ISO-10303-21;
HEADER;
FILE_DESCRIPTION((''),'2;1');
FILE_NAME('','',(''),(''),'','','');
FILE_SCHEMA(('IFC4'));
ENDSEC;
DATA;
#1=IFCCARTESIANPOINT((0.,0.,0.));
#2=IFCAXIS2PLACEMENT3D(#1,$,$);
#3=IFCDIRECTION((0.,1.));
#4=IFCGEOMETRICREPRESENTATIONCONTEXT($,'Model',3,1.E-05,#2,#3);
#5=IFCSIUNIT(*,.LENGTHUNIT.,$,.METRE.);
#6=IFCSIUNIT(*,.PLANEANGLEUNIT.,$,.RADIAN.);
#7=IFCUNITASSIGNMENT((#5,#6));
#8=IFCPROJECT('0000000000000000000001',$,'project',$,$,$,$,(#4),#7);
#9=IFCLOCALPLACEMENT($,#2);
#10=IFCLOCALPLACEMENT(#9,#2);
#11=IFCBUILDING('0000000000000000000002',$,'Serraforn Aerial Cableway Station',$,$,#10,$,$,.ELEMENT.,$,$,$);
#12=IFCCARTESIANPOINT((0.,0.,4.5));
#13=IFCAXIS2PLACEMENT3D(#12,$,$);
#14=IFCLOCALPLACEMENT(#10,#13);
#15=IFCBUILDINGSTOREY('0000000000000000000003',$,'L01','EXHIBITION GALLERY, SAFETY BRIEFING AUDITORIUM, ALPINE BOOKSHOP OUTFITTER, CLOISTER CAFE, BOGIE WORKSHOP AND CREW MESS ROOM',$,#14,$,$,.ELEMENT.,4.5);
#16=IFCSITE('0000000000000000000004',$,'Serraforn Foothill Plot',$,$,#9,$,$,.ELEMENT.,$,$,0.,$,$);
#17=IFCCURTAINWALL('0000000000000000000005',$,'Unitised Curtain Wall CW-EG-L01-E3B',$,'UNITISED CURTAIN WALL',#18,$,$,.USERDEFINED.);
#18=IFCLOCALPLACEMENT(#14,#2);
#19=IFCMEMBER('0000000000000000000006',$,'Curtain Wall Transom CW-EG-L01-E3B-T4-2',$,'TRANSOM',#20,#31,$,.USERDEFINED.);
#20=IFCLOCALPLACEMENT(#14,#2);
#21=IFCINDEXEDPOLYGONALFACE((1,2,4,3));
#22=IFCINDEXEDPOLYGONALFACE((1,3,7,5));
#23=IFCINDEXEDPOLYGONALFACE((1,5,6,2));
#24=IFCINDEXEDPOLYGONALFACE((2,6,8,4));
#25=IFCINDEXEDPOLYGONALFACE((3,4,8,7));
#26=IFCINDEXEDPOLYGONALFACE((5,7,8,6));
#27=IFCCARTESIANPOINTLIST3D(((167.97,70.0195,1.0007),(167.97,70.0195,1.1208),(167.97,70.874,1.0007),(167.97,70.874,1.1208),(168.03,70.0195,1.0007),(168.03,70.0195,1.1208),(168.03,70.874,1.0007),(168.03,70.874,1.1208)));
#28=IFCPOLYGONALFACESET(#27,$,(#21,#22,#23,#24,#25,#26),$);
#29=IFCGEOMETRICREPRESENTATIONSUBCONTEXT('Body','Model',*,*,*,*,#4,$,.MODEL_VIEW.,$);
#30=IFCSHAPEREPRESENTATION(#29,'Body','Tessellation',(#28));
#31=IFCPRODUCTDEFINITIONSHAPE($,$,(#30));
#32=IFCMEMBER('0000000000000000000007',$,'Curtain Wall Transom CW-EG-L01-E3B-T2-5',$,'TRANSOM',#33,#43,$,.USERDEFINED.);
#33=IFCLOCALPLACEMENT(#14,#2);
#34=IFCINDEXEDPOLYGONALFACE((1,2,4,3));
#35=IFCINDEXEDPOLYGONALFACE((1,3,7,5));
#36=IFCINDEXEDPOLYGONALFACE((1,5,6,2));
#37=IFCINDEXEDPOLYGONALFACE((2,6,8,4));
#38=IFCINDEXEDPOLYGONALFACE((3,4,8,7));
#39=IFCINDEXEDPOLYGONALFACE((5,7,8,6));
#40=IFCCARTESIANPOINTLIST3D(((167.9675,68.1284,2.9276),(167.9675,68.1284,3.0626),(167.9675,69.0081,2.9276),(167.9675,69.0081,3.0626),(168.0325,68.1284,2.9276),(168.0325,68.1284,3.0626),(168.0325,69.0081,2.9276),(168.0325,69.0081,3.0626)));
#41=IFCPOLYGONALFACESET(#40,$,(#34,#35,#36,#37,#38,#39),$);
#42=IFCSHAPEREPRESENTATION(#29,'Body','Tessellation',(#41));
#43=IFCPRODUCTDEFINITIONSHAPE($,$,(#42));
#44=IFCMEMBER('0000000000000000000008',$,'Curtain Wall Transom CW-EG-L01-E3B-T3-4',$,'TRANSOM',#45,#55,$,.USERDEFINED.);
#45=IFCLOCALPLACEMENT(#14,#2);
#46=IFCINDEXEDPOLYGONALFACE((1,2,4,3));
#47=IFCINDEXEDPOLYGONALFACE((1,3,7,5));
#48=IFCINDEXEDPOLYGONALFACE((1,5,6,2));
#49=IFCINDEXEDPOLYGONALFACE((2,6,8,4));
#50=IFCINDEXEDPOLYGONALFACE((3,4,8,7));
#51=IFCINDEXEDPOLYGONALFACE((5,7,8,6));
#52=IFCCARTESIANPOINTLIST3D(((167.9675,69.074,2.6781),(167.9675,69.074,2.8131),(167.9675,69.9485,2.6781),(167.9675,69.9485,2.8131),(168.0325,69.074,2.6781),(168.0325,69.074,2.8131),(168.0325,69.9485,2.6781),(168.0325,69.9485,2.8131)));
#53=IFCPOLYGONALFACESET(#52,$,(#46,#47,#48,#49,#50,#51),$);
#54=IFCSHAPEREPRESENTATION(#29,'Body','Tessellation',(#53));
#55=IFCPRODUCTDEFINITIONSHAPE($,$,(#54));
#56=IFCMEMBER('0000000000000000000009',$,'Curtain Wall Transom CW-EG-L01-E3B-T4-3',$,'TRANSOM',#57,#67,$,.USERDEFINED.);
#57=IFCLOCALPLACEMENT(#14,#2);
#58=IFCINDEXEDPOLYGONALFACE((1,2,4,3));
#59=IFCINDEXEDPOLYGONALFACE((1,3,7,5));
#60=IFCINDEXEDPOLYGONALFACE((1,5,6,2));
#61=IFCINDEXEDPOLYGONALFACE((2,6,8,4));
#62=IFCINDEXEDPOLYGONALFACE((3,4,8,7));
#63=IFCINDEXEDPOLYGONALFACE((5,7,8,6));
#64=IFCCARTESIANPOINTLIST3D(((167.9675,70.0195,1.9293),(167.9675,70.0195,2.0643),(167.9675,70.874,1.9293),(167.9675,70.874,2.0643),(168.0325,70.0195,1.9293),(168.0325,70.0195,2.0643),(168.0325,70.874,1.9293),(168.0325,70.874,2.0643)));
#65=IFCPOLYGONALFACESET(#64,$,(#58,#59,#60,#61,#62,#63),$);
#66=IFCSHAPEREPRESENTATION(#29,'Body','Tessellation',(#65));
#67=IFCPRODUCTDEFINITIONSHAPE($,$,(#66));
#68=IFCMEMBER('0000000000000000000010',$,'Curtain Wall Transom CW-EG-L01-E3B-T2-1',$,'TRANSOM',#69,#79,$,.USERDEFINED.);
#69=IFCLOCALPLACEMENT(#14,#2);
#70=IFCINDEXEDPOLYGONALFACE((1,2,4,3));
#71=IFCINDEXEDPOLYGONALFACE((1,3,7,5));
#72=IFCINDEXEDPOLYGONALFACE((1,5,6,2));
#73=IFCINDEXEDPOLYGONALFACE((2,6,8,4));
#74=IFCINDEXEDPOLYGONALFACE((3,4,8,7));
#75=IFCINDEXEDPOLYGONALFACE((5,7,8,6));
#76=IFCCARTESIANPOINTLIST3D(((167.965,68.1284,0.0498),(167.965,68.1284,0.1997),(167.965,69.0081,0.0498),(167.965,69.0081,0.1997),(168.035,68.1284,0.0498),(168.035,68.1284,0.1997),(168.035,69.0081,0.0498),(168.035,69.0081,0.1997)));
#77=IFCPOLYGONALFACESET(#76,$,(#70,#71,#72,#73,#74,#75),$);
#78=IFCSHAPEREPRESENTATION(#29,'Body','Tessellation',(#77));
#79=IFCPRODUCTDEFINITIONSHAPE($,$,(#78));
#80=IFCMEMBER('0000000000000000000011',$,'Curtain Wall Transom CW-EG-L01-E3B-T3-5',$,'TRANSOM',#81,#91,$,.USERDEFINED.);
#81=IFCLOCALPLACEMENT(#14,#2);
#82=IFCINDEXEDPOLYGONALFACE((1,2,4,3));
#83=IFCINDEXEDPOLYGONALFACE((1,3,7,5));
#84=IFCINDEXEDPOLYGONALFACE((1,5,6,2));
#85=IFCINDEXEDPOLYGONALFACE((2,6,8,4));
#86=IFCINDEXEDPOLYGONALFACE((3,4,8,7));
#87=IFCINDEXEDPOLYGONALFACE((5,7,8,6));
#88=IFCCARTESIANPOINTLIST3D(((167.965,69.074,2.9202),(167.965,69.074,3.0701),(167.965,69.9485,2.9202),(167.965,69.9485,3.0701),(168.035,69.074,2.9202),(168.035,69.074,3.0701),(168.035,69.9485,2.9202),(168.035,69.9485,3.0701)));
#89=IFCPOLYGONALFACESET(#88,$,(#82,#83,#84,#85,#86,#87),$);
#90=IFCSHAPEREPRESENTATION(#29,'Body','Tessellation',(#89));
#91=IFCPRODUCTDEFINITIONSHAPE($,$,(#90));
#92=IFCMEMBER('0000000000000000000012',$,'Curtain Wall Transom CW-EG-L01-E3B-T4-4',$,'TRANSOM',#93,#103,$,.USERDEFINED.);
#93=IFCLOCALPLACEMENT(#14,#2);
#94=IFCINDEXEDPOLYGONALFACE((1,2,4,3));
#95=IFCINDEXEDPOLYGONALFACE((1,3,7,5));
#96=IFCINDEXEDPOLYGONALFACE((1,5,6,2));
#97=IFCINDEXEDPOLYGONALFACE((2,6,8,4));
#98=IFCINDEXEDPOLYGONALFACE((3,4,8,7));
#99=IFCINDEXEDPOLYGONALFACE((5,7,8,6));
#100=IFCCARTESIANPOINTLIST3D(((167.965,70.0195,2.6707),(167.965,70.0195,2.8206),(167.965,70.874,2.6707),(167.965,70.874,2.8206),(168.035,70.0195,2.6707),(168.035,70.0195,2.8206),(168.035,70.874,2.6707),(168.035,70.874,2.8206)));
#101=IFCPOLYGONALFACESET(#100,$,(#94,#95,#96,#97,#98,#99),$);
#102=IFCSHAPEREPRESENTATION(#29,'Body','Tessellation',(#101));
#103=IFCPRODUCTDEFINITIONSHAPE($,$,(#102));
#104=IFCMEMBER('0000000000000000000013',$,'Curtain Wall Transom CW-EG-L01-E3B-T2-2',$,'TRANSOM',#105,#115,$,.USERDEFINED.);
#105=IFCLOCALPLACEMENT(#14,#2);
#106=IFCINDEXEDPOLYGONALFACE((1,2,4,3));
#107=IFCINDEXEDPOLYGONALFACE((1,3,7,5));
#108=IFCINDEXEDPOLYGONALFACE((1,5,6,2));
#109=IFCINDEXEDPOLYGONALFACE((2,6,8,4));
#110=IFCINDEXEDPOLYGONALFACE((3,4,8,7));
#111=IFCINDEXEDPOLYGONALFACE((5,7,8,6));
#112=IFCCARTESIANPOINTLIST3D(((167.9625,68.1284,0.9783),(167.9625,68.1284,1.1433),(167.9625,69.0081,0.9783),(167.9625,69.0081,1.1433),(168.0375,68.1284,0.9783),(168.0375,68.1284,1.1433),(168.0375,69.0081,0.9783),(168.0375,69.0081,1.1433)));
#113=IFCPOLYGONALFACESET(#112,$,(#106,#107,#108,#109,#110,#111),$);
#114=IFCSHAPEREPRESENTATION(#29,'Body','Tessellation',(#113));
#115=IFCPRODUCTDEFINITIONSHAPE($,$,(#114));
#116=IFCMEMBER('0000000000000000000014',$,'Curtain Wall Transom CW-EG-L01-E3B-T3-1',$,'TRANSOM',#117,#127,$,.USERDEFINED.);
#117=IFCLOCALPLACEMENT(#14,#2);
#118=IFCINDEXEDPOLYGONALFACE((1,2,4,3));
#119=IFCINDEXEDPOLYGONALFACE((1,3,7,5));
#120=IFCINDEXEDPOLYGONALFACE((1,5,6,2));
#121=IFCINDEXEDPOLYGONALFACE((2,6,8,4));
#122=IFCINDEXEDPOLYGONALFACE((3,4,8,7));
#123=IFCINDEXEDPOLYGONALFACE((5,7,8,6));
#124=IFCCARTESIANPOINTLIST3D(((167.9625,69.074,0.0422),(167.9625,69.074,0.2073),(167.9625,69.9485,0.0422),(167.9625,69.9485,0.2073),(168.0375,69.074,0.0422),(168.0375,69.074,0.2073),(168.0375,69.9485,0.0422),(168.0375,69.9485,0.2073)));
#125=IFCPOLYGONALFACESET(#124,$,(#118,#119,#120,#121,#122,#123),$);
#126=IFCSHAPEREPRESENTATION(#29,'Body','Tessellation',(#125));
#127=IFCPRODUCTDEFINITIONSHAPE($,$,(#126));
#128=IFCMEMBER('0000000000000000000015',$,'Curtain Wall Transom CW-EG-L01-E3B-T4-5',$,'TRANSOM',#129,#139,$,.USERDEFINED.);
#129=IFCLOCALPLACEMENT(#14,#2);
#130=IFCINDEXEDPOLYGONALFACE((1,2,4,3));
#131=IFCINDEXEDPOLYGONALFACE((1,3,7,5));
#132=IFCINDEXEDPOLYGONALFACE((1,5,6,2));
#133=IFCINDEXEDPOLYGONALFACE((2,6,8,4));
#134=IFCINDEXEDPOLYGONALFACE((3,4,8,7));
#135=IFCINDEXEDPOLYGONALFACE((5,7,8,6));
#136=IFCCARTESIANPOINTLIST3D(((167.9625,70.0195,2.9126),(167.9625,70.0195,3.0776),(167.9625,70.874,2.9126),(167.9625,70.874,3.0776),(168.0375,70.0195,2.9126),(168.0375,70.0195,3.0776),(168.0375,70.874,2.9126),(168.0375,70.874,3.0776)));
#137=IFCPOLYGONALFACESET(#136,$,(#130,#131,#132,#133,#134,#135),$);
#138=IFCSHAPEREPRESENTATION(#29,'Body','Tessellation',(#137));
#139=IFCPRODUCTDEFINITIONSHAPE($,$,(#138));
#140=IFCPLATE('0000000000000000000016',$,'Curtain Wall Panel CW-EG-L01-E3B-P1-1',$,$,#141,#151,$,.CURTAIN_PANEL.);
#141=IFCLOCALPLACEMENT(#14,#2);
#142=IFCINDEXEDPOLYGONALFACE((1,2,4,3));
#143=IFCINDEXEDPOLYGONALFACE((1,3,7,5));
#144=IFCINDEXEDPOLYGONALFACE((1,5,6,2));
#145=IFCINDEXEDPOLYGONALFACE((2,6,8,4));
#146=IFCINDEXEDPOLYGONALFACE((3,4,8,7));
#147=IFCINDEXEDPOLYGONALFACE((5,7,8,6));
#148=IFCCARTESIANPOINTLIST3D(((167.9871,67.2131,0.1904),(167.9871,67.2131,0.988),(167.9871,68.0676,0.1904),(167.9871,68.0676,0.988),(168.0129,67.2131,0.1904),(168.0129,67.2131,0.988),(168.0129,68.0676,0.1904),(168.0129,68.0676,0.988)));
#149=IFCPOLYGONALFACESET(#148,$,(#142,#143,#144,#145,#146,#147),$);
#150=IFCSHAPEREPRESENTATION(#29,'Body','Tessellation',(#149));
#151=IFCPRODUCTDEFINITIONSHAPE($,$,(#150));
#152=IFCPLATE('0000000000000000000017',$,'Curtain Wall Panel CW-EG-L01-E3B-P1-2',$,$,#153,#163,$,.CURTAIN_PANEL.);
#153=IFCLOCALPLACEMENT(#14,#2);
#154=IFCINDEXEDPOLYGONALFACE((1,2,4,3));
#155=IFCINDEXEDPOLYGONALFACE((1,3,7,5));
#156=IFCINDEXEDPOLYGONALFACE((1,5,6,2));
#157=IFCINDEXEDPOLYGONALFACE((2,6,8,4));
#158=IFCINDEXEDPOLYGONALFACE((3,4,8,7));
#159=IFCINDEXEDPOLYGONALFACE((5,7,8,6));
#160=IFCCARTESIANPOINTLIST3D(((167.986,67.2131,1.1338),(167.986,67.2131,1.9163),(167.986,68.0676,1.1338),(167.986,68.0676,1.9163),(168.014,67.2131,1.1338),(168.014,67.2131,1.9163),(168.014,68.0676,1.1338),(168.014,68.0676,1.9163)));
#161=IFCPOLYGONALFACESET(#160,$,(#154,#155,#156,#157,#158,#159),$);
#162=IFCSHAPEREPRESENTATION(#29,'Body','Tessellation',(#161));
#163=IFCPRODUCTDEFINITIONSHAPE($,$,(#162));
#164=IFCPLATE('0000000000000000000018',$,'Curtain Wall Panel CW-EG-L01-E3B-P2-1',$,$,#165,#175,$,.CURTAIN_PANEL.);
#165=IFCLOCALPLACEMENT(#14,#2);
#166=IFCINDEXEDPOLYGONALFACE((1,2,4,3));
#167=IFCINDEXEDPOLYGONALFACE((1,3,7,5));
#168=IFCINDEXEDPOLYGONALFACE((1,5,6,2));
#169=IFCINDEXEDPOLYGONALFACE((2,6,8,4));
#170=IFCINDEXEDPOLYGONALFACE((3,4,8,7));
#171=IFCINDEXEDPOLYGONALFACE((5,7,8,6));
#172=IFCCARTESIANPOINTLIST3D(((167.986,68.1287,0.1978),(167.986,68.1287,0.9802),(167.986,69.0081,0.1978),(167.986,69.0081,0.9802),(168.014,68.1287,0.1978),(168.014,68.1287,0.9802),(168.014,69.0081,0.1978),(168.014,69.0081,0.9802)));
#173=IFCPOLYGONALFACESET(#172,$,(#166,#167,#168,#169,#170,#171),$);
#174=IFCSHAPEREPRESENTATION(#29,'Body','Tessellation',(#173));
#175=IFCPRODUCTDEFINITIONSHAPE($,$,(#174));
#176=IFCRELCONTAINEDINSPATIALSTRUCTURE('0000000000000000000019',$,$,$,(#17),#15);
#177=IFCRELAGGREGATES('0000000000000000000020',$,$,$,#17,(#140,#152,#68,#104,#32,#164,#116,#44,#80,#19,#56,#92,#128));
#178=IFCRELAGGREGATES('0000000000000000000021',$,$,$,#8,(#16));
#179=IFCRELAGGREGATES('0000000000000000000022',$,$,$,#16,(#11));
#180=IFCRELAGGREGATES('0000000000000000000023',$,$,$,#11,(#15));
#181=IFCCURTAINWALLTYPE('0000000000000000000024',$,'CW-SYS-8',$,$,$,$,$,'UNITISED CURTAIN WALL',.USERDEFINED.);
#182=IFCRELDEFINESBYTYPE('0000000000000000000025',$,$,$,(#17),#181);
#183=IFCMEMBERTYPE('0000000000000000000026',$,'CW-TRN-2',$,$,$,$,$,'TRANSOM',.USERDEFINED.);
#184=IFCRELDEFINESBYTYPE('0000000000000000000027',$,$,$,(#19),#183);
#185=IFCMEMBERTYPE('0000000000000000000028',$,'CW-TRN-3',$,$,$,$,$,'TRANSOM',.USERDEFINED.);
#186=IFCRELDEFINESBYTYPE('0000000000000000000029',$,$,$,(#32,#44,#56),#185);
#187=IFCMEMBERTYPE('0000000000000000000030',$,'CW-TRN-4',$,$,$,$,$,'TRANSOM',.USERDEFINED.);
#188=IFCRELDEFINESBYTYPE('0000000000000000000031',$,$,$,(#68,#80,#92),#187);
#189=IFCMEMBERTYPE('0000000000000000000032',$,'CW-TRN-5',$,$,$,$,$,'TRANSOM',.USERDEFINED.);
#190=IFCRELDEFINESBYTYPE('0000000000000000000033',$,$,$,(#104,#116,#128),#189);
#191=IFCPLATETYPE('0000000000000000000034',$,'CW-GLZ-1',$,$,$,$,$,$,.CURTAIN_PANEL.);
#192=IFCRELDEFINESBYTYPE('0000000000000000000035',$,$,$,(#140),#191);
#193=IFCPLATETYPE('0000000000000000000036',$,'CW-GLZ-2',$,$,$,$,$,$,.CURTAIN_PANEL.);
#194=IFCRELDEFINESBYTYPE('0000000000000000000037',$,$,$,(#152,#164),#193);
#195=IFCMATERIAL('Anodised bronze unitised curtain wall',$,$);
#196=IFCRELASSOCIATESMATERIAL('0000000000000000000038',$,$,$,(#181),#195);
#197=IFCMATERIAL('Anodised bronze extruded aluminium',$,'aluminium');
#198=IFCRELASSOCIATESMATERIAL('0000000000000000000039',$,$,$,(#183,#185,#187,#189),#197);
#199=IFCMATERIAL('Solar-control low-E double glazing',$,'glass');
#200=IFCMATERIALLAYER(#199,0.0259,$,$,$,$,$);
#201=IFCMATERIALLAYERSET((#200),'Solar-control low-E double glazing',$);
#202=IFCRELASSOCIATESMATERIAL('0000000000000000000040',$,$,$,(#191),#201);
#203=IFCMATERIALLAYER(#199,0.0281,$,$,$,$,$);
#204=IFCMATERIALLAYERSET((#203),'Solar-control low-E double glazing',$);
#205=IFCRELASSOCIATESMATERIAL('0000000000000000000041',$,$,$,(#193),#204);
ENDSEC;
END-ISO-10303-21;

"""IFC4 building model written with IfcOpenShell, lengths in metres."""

from ifc_helpers import new_model, si_unit, direction, frame, origin, origin_2d, place, context, subcontext, project, spatial, rectangle, extrude, material, layer, layer_set, material_profile, profile_set, type_object, element, aggregate, save


model = new_model("IFC4")

# Units and contexts
model_context = context("Model", 3, precision=1e-05, world=origin(), true_north=direction((0.0, 1.0)))
body_context = subcontext(model_context, "Body", "Model", "MODEL_VIEW")
ifc_project = project(units=[si_unit("LENGTHUNIT", "METRE"), si_unit("PLANEANGLEUNIT", "RADIAN")], contexts=[model_context])

# Site, building, storey
site_placement = place(None, origin())
site = spatial("IfcSite", under=ifc_project, at=site_placement, Name="Serraforn Foothill Plot", CompositionType="ELEMENT", RefElevation=0.0)
building_placement = place(site_placement, origin())
building = spatial("IfcBuilding", under=site, at=building_placement, Name="Serraforn Aerial Cableway Station", CompositionType="ELEMENT")
storey_placement = place(building_placement, frame((0.0, 0.0, 4.5)))
storey = spatial("IfcBuildingStorey", under=building, at=storey_placement, Name="L01", Description="EXHIBITION GALLERY, SAFETY BRIEFING AUDITORIUM, ALPINE BOOKSHOP OUTFITTER, CLOISTER CAFE, BOGIE WORKSHOP AND CREW MESS ROOM", CompositionType="ELEMENT", Elevation=4.5)

# Curtain wall, members, plates
ifc_material_1 = material(Name="Anodised bronze unitised curtain wall")
curtain_wall_type = type_object("IfcCurtainWallType", Name="CW-SYS-8", ElementType="UNITISED CURTAIN WALL", PredefinedType="USERDEFINED", material=ifc_material_1)
curtain_wall_placement = place(storey_placement, origin())
curtain_wall = element("IfcCurtainWall", 1, at=curtain_wall_placement, inside=storey, type_object=curtain_wall_type, Name="Unitised Curtain Wall CW-EG-L01-E3B", ObjectType="UNITISED CURTAIN WALL", PredefinedType="USERDEFINED")
ifc_material_2 = material(Name="Anodised bronze extruded aluminium", Category="aluminium")
ifc_material_profile_1 = material_profile(ifc_material_2, rectangle(XDim=0.0601, YDim=0.1201, at=origin_2d()), Name="CW TRANSOM 60x120")
ifc_profile_set_1 = profile_set([ifc_material_profile_1], Name="Anodised bronze extruded aluminium")
member_type_1 = type_object("IfcMemberType", Name="CW-TRN-2", ElementType="TRANSOM", PredefinedType="USERDEFINED", material=ifc_profile_set_1)
member_1_placement = place(storey_placement, frame((168.0, 70.0195, 1.0608), z_axis=(0.0, 1.0, 0.0), x_axis=(-1.0, 0.0, 0.0)))
member_1 = element("IfcMember", 2, at=member_1_placement, type_object=member_type_1, Name="Curtain Wall Transom CW-EG-L01-E3B-T4-2", ObjectType="TRANSOM", PredefinedType="USERDEFINED", context=body_context, shape_type="SweptSolid", body=[
    extrude(rectangle(XDim=0.0601, YDim=0.1201, at=origin_2d()), origin(), (0.0, 0.0, 1.0), 0.8545),
])
ifc_material_profile_2 = material_profile(ifc_material_2, rectangle(XDim=0.0649, YDim=0.135, at=origin_2d()), Name="CW TRANSOM 65x135")
ifc_profile_set_2 = profile_set([ifc_material_profile_2], Name="Anodised bronze extruded aluminium")
member_type_2 = type_object("IfcMemberType", Name="CW-TRN-3", ElementType="TRANSOM", PredefinedType="USERDEFINED", material=ifc_profile_set_2)
member_2_placement = place(storey_placement, frame((168.0, 68.1284, 2.9951), z_axis=(0.0, 1.0, 0.0), x_axis=(-1.0, 0.0, 0.0)))
member_2 = element("IfcMember", 3, at=member_2_placement, type_object=member_type_2, Name="Curtain Wall Transom CW-EG-L01-E3B-T2-5", ObjectType="TRANSOM", PredefinedType="USERDEFINED", context=body_context, shape_type="SweptSolid", body=[
    extrude(rectangle(XDim=0.0649, YDim=0.135, at=origin_2d()), origin(), (0.0, 0.0, 1.0), 0.8796),
])
member_3_placement = place(storey_placement, frame((168.0, 69.074, 2.7456), z_axis=(0.0, 1.0, 0.0), x_axis=(-1.0, 0.0, 0.0)))
member_3 = element("IfcMember", 4, at=member_3_placement, type_object=member_type_2, Name="Curtain Wall Transom CW-EG-L01-E3B-T3-4", ObjectType="TRANSOM", PredefinedType="USERDEFINED", context=body_context, shape_type="SweptSolid", body=[
    extrude(rectangle(XDim=0.0649, YDim=0.135, at=origin_2d()), origin(), (0.0, 0.0, 1.0), 0.8745),
])
member_4_placement = place(storey_placement, frame((168.0, 70.0195, 1.9968), z_axis=(0.0, 1.0, 0.0), x_axis=(-1.0, 0.0, 0.0)))
member_4 = element("IfcMember", 5, at=member_4_placement, type_object=member_type_2, Name="Curtain Wall Transom CW-EG-L01-E3B-T4-3", ObjectType="TRANSOM", PredefinedType="USERDEFINED", context=body_context, shape_type="SweptSolid", body=[
    extrude(rectangle(XDim=0.0649, YDim=0.135, at=origin_2d()), origin(), (0.0, 0.0, 1.0), 0.8545),
])
ifc_material_profile_3 = material_profile(ifc_material_2, rectangle(XDim=0.0701, YDim=0.1499, at=origin_2d()), Name="CW TRANSOM 70x150")
ifc_profile_set_3 = profile_set([ifc_material_profile_3], Name="Anodised bronze extruded aluminium")
member_type_3 = type_object("IfcMemberType", Name="CW-TRN-4", ElementType="TRANSOM", PredefinedType="USERDEFINED", material=ifc_profile_set_3)
member_5_placement = place(storey_placement, frame((168.0, 68.1284, 0.1248), z_axis=(0.0, 1.0, 0.0), x_axis=(-1.0, 0.0, 0.0)))
member_5 = element("IfcMember", 6, at=member_5_placement, type_object=member_type_3, Name="Curtain Wall Transom CW-EG-L01-E3B-T2-1", ObjectType="TRANSOM", PredefinedType="USERDEFINED", context=body_context, shape_type="SweptSolid", body=[
    extrude(rectangle(XDim=0.0701, YDim=0.1499, at=origin_2d()), origin(), (0.0, 0.0, 1.0), 0.8796),
])
member_6_placement = place(storey_placement, frame((168.0, 69.074, 2.9951), z_axis=(0.0, 1.0, 0.0), x_axis=(-1.0, 0.0, 0.0)))
member_6 = element("IfcMember", 7, at=member_6_placement, type_object=member_type_3, Name="Curtain Wall Transom CW-EG-L01-E3B-T3-5", ObjectType="TRANSOM", PredefinedType="USERDEFINED", context=body_context, shape_type="SweptSolid", body=[
    extrude(rectangle(XDim=0.0701, YDim=0.1499, at=origin_2d()), origin(), (0.0, 0.0, 1.0), 0.8745),
])
member_7_placement = place(storey_placement, frame((168.0, 70.0195, 2.7456), z_axis=(0.0, 1.0, 0.0), x_axis=(-1.0, 0.0, 0.0)))
member_7 = element("IfcMember", 8, at=member_7_placement, type_object=member_type_3, Name="Curtain Wall Transom CW-EG-L01-E3B-T4-4", ObjectType="TRANSOM", PredefinedType="USERDEFINED", context=body_context, shape_type="SweptSolid", body=[
    extrude(rectangle(XDim=0.0701, YDim=0.1499, at=origin_2d()), origin(), (0.0, 0.0, 1.0), 0.8545),
])
ifc_material_profile_4 = material_profile(ifc_material_2, rectangle(XDim=0.075, YDim=0.165, at=origin_2d()), Name="CW TRANSOM 75x165")
ifc_profile_set_4 = profile_set([ifc_material_profile_4], Name="Anodised bronze extruded aluminium")
member_type_4 = type_object("IfcMemberType", Name="CW-TRN-5", ElementType="TRANSOM", PredefinedType="USERDEFINED", material=ifc_profile_set_4)
member_8_placement = place(storey_placement, frame((168.0, 68.1284, 1.0608), z_axis=(0.0, 1.0, 0.0), x_axis=(-1.0, 0.0, 0.0)))
member_8 = element("IfcMember", 9, at=member_8_placement, type_object=member_type_4, Name="Curtain Wall Transom CW-EG-L01-E3B-T2-2", ObjectType="TRANSOM", PredefinedType="USERDEFINED", context=body_context, shape_type="SweptSolid", body=[
    extrude(rectangle(XDim=0.075, YDim=0.165, at=origin_2d()), origin(), (0.0, 0.0, 1.0), 0.8796),
])
member_9_placement = place(storey_placement, frame((168.0, 69.074, 0.1248), z_axis=(0.0, 1.0, 0.0), x_axis=(-1.0, 0.0, 0.0)))
member_9 = element("IfcMember", 10, at=member_9_placement, type_object=member_type_4, Name="Curtain Wall Transom CW-EG-L01-E3B-T3-1", ObjectType="TRANSOM", PredefinedType="USERDEFINED", context=body_context, shape_type="SweptSolid", body=[
    extrude(rectangle(XDim=0.075, YDim=0.165, at=origin_2d()), origin(), (0.0, 0.0, 1.0), 0.8745),
])
member_10_placement = place(storey_placement, frame((168.0, 70.0195, 2.9951), z_axis=(0.0, 1.0, 0.0), x_axis=(-1.0, 0.0, 0.0)))
member_10 = element("IfcMember", 11, at=member_10_placement, type_object=member_type_4, Name="Curtain Wall Transom CW-EG-L01-E3B-T4-5", ObjectType="TRANSOM", PredefinedType="USERDEFINED", context=body_context, shape_type="SweptSolid", body=[
    extrude(rectangle(XDim=0.075, YDim=0.165, at=origin_2d()), origin(), (0.0, 0.0, 1.0), 0.8545),
])
ifc_material_3 = material(Name="Solar-control low-E double glazing", Category="glass")
ifc_layer_1 = layer(ifc_material_3, 0.0259)
ifc_layer_set_1 = layer_set([ifc_layer_1], Name="Solar-control low-E double glazing")
plate_type_1 = type_object("IfcPlateType", Name="CW-GLZ-1", PredefinedType="CURTAIN_PANEL", material=ifc_layer_set_1)
plate_1_placement = place(storey_placement, frame((168.0, 67.6404, 0.1904), z_axis=(0.0, 0.0, 1.0), x_axis=(1.0, 0.0, 0.0)))
plate_1 = element("IfcPlate", 12, at=plate_1_placement, type_object=plate_type_1, Name="Curtain Wall Panel CW-EG-L01-E3B-P1-1", PredefinedType="CURTAIN_PANEL", context=body_context, shape_type="SweptSolid", body=[
    extrude(rectangle(XDim=0.0259, YDim=0.8545, at=origin_2d()), origin(), (0.0, 0.0, 1.0), 0.7976),
])
ifc_layer_2 = layer(ifc_material_3, 0.0281)
ifc_layer_set_2 = layer_set([ifc_layer_2], Name="Solar-control low-E double glazing")
plate_type_2 = type_object("IfcPlateType", Name="CW-GLZ-2", PredefinedType="CURTAIN_PANEL", material=ifc_layer_set_2)
plate_2_placement = place(storey_placement, frame((168.0, 67.6404, 1.1338), z_axis=(0.0, 0.0, 1.0), x_axis=(1.0, 0.0, 0.0)))
plate_2 = element("IfcPlate", 13, at=plate_2_placement, type_object=plate_type_2, Name="Curtain Wall Panel CW-EG-L01-E3B-P1-2", PredefinedType="CURTAIN_PANEL", context=body_context, shape_type="SweptSolid", body=[
    extrude(rectangle(XDim=0.0281, YDim=0.8545, at=origin_2d()), origin(), (0.0, 0.0, 1.0), 0.7825),
])
plate_3_placement = place(storey_placement, frame((168.0, 68.5684, 0.1978), z_axis=(0.0, 0.0, 1.0), x_axis=(1.0, 0.0, 0.0)))
plate_3 = element("IfcPlate", 14, at=plate_3_placement, type_object=plate_type_2, Name="Curtain Wall Panel CW-EG-L01-E3B-P2-1", PredefinedType="CURTAIN_PANEL", context=body_context, shape_type="SweptSolid", body=[
    extrude(rectangle(XDim=0.0281, YDim=0.8794, at=origin_2d()), origin(), (0.0, 0.0, 1.0), 0.7825),
])
aggregate(curtain_wall, [plate_1, plate_2, member_5, member_8, member_2, plate_3, member_9, member_3, member_6, member_1, member_4, member_7, member_10])

save(model, "model.ifc")
